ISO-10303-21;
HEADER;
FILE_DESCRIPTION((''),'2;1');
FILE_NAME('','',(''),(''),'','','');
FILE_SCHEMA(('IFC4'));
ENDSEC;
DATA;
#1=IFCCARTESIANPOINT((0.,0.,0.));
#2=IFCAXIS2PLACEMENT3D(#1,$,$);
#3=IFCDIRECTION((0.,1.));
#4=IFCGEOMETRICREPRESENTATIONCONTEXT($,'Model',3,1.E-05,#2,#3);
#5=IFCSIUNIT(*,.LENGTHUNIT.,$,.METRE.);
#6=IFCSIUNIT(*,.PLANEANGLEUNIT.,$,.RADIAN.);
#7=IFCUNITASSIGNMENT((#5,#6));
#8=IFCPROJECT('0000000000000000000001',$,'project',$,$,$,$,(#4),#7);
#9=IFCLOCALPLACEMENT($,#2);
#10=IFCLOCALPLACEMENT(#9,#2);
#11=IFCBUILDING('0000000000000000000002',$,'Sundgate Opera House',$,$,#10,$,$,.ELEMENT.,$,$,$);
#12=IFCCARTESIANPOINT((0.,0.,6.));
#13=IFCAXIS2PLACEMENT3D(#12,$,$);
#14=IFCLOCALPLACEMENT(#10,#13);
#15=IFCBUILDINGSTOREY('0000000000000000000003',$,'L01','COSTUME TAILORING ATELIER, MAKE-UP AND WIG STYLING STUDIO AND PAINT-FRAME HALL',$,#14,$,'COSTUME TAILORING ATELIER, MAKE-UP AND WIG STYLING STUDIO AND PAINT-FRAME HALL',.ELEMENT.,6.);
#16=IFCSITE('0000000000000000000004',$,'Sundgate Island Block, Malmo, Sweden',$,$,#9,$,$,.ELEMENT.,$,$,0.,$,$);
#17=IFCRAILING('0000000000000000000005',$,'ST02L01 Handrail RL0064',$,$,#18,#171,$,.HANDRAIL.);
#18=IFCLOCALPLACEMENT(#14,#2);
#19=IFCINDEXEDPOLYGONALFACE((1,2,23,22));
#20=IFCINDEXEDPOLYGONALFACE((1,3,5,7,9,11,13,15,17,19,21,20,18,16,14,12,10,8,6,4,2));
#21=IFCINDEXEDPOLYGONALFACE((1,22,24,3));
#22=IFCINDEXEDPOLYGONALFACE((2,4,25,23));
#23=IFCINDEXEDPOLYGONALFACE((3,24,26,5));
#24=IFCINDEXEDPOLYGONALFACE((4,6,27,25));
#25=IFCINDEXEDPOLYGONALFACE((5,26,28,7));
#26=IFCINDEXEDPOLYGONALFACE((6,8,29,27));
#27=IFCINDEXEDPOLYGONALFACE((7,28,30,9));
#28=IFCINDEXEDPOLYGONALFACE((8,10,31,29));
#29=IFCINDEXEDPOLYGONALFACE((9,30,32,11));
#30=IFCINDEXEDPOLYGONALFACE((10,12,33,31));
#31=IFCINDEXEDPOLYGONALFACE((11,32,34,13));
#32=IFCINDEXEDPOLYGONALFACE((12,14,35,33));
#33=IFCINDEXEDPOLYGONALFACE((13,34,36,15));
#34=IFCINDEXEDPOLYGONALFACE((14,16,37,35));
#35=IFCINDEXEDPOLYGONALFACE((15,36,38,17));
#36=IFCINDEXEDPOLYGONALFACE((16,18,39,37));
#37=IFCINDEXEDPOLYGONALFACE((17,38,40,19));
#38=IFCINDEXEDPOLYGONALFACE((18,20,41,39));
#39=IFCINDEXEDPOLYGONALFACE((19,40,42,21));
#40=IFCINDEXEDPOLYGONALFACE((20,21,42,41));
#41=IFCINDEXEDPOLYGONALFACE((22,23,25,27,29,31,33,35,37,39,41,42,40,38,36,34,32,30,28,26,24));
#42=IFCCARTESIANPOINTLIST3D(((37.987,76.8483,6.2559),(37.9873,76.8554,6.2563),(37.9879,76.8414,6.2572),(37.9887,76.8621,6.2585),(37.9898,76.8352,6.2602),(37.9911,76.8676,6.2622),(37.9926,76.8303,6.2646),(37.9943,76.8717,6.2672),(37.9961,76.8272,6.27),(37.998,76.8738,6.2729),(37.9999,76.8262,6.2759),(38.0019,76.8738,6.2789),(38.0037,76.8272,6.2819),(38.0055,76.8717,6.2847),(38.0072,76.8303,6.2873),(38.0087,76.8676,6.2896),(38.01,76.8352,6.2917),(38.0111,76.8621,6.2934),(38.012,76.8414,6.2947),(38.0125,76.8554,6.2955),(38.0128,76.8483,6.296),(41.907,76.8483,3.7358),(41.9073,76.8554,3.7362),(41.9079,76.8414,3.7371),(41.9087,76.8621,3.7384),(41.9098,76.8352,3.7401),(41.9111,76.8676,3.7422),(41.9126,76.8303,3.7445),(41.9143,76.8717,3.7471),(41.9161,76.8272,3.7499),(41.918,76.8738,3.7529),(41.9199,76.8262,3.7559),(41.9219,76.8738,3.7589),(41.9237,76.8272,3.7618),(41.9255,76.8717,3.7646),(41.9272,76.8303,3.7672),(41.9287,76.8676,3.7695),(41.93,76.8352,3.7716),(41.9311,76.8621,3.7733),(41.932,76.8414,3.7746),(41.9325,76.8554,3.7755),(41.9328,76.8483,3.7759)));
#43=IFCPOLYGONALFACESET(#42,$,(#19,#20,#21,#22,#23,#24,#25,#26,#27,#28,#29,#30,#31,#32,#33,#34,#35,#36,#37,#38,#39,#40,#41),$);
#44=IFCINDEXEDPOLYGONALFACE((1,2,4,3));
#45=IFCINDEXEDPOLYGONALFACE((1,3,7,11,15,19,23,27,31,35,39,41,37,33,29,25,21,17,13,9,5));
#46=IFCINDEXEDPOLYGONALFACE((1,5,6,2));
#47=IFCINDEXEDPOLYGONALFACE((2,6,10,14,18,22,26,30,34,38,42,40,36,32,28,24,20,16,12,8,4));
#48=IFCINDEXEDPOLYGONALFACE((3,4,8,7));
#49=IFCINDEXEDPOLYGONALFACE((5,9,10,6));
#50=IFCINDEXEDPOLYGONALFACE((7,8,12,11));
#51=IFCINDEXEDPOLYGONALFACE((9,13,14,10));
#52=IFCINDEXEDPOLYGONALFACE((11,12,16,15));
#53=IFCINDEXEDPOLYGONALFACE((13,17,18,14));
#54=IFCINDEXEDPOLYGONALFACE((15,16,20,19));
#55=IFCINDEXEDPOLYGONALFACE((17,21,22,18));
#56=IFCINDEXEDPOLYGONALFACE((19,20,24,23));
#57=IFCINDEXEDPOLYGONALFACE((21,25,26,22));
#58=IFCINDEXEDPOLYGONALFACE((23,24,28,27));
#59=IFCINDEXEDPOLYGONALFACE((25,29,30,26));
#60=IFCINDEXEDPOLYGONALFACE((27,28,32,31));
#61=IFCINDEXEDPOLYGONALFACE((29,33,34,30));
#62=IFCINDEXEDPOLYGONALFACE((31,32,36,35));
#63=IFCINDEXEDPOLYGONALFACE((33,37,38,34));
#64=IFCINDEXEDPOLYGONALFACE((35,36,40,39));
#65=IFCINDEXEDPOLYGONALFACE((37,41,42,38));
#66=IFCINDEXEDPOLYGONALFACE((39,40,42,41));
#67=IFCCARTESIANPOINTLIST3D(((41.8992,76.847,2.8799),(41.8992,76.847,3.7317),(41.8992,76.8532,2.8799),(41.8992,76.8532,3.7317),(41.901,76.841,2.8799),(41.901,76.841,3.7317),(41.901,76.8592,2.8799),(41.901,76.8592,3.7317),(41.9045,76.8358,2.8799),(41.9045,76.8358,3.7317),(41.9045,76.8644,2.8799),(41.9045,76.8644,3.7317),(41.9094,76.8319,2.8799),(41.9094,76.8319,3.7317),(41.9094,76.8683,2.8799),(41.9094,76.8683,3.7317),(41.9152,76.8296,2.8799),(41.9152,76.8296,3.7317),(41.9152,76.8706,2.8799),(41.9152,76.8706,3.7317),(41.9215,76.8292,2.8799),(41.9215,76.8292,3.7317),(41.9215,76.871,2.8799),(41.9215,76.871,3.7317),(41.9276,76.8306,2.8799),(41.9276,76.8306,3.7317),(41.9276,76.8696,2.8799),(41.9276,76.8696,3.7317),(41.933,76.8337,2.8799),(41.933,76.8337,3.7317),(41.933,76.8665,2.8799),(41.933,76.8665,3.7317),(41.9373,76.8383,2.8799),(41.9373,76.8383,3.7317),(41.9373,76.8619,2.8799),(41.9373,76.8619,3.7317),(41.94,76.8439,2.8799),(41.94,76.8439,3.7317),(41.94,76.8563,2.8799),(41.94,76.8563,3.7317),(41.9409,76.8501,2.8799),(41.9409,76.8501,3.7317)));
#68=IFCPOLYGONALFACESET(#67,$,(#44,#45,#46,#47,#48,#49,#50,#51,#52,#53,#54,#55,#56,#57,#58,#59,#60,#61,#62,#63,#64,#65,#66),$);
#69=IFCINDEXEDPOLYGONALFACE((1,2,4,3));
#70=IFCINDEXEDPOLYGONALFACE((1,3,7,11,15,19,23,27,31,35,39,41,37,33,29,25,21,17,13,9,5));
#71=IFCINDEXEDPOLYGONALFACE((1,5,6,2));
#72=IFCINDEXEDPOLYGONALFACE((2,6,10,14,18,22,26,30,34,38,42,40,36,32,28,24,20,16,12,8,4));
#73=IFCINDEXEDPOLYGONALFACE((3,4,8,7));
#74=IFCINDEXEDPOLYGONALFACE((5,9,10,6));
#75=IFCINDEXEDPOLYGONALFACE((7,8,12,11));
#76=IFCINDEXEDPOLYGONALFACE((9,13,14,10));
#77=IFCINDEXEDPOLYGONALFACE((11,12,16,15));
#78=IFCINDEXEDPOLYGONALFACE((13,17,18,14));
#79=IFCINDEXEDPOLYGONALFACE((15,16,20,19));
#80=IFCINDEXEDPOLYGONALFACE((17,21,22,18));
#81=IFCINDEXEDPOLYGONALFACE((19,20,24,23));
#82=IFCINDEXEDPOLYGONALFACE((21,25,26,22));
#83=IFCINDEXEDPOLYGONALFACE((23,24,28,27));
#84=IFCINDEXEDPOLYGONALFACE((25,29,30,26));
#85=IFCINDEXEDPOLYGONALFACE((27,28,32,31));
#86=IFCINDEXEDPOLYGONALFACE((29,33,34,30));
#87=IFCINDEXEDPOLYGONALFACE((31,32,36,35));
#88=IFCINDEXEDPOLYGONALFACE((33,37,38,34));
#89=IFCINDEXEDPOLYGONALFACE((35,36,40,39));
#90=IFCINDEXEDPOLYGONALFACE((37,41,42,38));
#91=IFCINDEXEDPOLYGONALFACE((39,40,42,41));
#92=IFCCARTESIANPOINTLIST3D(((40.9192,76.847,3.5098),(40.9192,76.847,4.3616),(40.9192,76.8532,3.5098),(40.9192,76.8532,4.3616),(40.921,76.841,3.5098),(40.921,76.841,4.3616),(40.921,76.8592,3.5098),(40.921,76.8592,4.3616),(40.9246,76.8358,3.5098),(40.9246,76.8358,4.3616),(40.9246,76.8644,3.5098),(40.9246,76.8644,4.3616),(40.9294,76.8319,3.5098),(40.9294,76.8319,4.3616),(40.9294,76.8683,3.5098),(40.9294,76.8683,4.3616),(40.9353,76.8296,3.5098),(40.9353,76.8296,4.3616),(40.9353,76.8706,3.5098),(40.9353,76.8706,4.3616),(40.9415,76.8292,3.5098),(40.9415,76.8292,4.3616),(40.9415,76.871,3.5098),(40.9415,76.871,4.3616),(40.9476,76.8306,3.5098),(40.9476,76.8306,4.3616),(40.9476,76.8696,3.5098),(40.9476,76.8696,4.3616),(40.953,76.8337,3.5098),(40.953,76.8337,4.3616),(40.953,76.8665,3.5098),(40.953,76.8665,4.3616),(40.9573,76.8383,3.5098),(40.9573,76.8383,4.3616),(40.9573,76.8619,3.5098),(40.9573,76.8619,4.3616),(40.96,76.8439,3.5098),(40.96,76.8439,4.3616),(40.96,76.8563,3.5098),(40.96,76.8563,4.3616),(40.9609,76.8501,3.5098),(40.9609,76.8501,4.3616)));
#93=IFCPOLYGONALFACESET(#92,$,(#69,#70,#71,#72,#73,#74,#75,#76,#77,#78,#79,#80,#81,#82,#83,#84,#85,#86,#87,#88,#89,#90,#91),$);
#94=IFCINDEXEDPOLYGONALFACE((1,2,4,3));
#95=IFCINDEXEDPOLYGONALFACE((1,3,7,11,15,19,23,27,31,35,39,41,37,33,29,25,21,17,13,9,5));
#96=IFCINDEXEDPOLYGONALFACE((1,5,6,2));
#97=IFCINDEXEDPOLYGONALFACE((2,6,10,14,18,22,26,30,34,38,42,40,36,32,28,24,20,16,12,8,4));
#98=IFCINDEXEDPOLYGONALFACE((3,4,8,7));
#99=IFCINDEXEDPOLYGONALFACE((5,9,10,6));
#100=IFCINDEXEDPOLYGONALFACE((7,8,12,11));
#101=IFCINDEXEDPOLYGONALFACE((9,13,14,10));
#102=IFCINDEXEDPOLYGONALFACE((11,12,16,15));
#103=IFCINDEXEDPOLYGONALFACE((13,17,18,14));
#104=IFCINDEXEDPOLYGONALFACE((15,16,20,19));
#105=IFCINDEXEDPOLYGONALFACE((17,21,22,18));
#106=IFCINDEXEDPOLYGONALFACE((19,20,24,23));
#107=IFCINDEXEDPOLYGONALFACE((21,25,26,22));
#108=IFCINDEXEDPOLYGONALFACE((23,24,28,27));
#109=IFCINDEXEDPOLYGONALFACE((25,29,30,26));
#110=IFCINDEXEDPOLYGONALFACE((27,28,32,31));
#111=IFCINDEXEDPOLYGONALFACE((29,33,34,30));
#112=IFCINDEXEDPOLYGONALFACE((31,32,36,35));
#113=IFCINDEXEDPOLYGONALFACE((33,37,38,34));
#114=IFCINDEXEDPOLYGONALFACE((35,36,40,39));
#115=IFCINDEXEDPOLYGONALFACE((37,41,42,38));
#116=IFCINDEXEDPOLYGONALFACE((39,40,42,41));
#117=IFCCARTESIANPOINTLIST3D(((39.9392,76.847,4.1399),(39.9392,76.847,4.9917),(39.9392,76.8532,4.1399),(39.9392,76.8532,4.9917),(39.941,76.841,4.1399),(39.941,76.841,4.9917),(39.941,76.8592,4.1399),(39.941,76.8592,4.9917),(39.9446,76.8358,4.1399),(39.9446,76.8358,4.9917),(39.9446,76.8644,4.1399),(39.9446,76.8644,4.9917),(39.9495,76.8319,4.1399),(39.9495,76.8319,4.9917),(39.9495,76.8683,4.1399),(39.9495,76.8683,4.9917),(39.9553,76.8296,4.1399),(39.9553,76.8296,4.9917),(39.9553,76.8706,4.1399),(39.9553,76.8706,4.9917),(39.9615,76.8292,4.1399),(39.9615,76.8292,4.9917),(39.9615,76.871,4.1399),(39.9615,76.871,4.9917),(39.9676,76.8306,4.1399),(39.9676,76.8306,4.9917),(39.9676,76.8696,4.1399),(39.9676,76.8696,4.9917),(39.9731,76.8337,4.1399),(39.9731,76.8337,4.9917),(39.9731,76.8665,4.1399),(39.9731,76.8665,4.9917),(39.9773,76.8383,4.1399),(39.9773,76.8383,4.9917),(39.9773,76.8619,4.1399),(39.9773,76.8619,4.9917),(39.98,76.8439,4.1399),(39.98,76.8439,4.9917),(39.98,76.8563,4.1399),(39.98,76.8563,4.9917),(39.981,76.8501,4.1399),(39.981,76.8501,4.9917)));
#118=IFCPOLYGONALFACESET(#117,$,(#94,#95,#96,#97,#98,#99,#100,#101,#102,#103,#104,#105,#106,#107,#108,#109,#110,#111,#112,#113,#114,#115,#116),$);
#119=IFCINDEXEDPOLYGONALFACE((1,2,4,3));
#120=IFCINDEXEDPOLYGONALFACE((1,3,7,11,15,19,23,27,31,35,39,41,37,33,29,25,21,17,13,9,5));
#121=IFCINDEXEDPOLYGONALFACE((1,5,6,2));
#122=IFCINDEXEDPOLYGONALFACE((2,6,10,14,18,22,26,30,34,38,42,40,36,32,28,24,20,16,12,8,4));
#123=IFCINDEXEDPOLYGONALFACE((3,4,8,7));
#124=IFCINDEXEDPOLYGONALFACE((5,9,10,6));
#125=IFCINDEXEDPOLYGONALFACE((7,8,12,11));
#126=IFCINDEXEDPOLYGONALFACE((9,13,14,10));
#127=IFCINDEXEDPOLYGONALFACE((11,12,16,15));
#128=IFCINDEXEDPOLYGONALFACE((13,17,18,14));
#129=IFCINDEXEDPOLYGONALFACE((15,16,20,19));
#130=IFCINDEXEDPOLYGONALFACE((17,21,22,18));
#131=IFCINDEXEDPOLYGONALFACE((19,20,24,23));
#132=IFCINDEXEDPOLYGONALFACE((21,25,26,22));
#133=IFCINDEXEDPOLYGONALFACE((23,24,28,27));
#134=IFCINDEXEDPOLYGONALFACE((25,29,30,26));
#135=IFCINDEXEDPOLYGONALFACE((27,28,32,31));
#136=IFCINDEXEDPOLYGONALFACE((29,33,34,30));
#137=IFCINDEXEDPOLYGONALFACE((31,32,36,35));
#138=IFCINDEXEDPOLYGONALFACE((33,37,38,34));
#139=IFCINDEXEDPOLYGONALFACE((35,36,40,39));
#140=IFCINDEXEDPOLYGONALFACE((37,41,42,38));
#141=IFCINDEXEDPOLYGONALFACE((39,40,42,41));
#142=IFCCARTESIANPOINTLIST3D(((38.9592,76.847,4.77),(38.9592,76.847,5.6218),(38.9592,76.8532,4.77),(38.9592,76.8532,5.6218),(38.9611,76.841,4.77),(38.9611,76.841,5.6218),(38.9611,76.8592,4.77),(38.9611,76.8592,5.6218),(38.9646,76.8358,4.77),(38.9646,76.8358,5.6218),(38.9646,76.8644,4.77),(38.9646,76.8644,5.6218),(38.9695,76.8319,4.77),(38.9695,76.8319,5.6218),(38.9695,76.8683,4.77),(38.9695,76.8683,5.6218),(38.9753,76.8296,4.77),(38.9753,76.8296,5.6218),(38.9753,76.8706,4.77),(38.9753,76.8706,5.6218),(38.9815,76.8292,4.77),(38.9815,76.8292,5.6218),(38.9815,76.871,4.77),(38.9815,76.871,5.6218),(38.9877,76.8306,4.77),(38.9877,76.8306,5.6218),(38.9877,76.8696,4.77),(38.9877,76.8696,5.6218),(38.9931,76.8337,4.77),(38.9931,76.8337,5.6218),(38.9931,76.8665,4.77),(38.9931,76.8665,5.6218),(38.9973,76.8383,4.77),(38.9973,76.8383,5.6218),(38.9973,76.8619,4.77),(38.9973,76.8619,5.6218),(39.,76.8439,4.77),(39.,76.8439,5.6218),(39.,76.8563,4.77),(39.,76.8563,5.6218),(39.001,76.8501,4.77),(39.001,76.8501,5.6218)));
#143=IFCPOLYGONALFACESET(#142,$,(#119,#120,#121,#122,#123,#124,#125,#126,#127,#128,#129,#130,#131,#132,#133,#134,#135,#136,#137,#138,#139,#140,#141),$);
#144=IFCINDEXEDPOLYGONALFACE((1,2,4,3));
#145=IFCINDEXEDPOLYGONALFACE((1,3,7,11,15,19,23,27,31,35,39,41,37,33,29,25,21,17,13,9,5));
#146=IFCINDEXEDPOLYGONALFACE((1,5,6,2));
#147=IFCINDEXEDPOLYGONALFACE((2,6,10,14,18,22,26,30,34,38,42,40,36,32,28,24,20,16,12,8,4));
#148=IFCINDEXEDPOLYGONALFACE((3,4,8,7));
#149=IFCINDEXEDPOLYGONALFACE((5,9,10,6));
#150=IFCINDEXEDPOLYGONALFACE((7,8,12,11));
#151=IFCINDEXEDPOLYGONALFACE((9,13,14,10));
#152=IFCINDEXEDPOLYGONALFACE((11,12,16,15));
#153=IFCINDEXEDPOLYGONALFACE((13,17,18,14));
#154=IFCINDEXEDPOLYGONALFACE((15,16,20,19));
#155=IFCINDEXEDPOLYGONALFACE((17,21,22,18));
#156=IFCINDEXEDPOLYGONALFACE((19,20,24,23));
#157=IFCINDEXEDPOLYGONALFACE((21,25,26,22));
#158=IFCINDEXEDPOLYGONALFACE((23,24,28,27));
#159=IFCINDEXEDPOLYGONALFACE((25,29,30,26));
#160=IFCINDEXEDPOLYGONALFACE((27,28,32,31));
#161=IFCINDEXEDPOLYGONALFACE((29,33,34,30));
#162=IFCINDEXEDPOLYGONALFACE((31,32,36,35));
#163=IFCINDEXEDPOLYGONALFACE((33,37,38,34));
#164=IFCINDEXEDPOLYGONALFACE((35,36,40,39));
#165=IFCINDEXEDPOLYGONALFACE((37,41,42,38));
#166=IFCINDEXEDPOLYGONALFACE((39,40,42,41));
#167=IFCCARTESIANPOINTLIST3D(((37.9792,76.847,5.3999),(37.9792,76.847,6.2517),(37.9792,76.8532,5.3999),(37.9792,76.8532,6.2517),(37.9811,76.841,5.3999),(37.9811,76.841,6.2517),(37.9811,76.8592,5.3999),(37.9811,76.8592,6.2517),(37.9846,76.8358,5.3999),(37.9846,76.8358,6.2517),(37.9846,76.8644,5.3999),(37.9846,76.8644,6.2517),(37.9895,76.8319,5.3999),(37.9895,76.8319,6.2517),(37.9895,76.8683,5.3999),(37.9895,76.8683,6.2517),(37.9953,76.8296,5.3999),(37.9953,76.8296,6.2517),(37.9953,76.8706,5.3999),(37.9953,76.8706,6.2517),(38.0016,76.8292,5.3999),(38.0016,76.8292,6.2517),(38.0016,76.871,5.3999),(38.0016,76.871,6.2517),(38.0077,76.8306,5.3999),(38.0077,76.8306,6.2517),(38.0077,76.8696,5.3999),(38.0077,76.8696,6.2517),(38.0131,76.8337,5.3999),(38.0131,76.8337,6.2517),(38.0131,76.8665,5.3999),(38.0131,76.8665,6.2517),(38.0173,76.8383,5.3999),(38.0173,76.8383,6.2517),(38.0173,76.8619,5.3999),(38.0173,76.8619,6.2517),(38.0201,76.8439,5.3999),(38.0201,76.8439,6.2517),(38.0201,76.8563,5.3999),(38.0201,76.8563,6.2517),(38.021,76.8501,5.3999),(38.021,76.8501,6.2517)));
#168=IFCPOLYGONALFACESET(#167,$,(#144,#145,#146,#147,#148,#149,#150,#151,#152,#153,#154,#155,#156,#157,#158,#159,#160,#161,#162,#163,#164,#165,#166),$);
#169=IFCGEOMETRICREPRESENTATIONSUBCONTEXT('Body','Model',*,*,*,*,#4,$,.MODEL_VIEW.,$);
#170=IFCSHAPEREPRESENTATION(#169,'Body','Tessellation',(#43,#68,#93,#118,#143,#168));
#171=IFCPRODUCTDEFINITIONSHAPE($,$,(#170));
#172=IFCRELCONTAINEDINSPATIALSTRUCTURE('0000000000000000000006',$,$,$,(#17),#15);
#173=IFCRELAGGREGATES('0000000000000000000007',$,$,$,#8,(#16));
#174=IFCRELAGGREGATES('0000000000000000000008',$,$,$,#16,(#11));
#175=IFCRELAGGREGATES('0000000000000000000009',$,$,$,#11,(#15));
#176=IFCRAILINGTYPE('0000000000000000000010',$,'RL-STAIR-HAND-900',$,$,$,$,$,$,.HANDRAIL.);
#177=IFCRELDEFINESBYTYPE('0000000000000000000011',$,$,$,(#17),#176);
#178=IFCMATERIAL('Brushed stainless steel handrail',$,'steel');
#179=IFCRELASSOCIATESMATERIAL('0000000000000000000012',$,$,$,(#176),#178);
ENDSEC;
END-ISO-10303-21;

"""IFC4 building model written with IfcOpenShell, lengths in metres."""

from ifc_helpers import new_model, si_unit, direction, frame, origin, origin_2d, place, context, subcontext, project, spatial, circle, extrude, material, type_object, element, save


model = new_model("IFC4")

# Units and contexts
model_context = context("Model", 3, precision=1e-05, world=origin(), true_north=direction((0.0, 1.0)))
body_context = subcontext(model_context, "Body", "Model", "MODEL_VIEW")
ifc_project = project(units=[si_unit("LENGTHUNIT", "METRE"), si_unit("PLANEANGLEUNIT", "RADIAN")], contexts=[model_context])

# Site, building, storey
site_placement = place(None, origin())
site = spatial("IfcSite", under=ifc_project, at=site_placement, Name="Sundgate Island Block, Malmo, Sweden", CompositionType="ELEMENT", RefElevation=0.0)
building_placement = place(site_placement, origin())
building = spatial("IfcBuilding", under=site, at=building_placement, Name="Sundgate Opera House", CompositionType="ELEMENT")
storey_placement = place(building_placement, frame((0.0, 0.0, 6.0)))
storey = spatial("IfcBuildingStorey", under=building, at=storey_placement, Name="L01", Description="COSTUME TAILORING ATELIER, MAKE-UP AND WIG STYLING STUDIO AND PAINT-FRAME HALL", LongName="COSTUME TAILORING ATELIER, MAKE-UP AND WIG STYLING STUDIO AND PAINT-FRAME HALL", CompositionType="ELEMENT", Elevation=6.0)

# Railing
ifc_material_1 = material(Name="Brushed stainless steel handrail", Category="steel")
railing_type_1 = type_object("IfcRailingType", Name="RL-STAIR-HAND-900", PredefinedType="HANDRAIL", material=ifc_material_1)
railing_1_placement = place(storey_placement, frame((41.9199, 76.8501, 2.8799)))
element("IfcRailing", 1, at=railing_1_placement, inside=storey, type_object=railing_type_1, Name="ST02L01 Handrail RL0064", PredefinedType="HANDRAIL", context=body_context, shape_type="SweptSolid", body=[
    extrude(circle(Radius=0.0239, at=origin_2d()), frame((0.0, 0.0, 0.876), z_axis=(-0.841172, 0.0, 0.540768), x_axis=(0.0, -1.0, 0.0)), (0.0, 0.0, 1.0), 4.6602),
    extrude(circle(Radius=0.021, at=origin_2d()), origin(), (0.0, 0.0, 1.0), 0.8518),
    extrude(circle(Radius=0.021, at=origin_2d()), frame((-0.98, 0.0, 0.6299)), (0.0, 0.0, 1.0), 0.8518),
    extrude(circle(Radius=0.021, at=origin_2d()), frame((-1.96, 0.0, 1.26)), (0.0, 0.0, 1.0), 0.8518),
    extrude(circle(Radius=0.021, at=origin_2d()), frame((-2.9399, 0.0, 1.8901)), (0.0, 0.0, 1.0), 0.8518),
    extrude(circle(Radius=0.021, at=origin_2d()), frame((-3.9199, 0.0, 2.52)), (0.0, 0.0, 1.0), 0.8518),
])

save(model, "model.ifc")
